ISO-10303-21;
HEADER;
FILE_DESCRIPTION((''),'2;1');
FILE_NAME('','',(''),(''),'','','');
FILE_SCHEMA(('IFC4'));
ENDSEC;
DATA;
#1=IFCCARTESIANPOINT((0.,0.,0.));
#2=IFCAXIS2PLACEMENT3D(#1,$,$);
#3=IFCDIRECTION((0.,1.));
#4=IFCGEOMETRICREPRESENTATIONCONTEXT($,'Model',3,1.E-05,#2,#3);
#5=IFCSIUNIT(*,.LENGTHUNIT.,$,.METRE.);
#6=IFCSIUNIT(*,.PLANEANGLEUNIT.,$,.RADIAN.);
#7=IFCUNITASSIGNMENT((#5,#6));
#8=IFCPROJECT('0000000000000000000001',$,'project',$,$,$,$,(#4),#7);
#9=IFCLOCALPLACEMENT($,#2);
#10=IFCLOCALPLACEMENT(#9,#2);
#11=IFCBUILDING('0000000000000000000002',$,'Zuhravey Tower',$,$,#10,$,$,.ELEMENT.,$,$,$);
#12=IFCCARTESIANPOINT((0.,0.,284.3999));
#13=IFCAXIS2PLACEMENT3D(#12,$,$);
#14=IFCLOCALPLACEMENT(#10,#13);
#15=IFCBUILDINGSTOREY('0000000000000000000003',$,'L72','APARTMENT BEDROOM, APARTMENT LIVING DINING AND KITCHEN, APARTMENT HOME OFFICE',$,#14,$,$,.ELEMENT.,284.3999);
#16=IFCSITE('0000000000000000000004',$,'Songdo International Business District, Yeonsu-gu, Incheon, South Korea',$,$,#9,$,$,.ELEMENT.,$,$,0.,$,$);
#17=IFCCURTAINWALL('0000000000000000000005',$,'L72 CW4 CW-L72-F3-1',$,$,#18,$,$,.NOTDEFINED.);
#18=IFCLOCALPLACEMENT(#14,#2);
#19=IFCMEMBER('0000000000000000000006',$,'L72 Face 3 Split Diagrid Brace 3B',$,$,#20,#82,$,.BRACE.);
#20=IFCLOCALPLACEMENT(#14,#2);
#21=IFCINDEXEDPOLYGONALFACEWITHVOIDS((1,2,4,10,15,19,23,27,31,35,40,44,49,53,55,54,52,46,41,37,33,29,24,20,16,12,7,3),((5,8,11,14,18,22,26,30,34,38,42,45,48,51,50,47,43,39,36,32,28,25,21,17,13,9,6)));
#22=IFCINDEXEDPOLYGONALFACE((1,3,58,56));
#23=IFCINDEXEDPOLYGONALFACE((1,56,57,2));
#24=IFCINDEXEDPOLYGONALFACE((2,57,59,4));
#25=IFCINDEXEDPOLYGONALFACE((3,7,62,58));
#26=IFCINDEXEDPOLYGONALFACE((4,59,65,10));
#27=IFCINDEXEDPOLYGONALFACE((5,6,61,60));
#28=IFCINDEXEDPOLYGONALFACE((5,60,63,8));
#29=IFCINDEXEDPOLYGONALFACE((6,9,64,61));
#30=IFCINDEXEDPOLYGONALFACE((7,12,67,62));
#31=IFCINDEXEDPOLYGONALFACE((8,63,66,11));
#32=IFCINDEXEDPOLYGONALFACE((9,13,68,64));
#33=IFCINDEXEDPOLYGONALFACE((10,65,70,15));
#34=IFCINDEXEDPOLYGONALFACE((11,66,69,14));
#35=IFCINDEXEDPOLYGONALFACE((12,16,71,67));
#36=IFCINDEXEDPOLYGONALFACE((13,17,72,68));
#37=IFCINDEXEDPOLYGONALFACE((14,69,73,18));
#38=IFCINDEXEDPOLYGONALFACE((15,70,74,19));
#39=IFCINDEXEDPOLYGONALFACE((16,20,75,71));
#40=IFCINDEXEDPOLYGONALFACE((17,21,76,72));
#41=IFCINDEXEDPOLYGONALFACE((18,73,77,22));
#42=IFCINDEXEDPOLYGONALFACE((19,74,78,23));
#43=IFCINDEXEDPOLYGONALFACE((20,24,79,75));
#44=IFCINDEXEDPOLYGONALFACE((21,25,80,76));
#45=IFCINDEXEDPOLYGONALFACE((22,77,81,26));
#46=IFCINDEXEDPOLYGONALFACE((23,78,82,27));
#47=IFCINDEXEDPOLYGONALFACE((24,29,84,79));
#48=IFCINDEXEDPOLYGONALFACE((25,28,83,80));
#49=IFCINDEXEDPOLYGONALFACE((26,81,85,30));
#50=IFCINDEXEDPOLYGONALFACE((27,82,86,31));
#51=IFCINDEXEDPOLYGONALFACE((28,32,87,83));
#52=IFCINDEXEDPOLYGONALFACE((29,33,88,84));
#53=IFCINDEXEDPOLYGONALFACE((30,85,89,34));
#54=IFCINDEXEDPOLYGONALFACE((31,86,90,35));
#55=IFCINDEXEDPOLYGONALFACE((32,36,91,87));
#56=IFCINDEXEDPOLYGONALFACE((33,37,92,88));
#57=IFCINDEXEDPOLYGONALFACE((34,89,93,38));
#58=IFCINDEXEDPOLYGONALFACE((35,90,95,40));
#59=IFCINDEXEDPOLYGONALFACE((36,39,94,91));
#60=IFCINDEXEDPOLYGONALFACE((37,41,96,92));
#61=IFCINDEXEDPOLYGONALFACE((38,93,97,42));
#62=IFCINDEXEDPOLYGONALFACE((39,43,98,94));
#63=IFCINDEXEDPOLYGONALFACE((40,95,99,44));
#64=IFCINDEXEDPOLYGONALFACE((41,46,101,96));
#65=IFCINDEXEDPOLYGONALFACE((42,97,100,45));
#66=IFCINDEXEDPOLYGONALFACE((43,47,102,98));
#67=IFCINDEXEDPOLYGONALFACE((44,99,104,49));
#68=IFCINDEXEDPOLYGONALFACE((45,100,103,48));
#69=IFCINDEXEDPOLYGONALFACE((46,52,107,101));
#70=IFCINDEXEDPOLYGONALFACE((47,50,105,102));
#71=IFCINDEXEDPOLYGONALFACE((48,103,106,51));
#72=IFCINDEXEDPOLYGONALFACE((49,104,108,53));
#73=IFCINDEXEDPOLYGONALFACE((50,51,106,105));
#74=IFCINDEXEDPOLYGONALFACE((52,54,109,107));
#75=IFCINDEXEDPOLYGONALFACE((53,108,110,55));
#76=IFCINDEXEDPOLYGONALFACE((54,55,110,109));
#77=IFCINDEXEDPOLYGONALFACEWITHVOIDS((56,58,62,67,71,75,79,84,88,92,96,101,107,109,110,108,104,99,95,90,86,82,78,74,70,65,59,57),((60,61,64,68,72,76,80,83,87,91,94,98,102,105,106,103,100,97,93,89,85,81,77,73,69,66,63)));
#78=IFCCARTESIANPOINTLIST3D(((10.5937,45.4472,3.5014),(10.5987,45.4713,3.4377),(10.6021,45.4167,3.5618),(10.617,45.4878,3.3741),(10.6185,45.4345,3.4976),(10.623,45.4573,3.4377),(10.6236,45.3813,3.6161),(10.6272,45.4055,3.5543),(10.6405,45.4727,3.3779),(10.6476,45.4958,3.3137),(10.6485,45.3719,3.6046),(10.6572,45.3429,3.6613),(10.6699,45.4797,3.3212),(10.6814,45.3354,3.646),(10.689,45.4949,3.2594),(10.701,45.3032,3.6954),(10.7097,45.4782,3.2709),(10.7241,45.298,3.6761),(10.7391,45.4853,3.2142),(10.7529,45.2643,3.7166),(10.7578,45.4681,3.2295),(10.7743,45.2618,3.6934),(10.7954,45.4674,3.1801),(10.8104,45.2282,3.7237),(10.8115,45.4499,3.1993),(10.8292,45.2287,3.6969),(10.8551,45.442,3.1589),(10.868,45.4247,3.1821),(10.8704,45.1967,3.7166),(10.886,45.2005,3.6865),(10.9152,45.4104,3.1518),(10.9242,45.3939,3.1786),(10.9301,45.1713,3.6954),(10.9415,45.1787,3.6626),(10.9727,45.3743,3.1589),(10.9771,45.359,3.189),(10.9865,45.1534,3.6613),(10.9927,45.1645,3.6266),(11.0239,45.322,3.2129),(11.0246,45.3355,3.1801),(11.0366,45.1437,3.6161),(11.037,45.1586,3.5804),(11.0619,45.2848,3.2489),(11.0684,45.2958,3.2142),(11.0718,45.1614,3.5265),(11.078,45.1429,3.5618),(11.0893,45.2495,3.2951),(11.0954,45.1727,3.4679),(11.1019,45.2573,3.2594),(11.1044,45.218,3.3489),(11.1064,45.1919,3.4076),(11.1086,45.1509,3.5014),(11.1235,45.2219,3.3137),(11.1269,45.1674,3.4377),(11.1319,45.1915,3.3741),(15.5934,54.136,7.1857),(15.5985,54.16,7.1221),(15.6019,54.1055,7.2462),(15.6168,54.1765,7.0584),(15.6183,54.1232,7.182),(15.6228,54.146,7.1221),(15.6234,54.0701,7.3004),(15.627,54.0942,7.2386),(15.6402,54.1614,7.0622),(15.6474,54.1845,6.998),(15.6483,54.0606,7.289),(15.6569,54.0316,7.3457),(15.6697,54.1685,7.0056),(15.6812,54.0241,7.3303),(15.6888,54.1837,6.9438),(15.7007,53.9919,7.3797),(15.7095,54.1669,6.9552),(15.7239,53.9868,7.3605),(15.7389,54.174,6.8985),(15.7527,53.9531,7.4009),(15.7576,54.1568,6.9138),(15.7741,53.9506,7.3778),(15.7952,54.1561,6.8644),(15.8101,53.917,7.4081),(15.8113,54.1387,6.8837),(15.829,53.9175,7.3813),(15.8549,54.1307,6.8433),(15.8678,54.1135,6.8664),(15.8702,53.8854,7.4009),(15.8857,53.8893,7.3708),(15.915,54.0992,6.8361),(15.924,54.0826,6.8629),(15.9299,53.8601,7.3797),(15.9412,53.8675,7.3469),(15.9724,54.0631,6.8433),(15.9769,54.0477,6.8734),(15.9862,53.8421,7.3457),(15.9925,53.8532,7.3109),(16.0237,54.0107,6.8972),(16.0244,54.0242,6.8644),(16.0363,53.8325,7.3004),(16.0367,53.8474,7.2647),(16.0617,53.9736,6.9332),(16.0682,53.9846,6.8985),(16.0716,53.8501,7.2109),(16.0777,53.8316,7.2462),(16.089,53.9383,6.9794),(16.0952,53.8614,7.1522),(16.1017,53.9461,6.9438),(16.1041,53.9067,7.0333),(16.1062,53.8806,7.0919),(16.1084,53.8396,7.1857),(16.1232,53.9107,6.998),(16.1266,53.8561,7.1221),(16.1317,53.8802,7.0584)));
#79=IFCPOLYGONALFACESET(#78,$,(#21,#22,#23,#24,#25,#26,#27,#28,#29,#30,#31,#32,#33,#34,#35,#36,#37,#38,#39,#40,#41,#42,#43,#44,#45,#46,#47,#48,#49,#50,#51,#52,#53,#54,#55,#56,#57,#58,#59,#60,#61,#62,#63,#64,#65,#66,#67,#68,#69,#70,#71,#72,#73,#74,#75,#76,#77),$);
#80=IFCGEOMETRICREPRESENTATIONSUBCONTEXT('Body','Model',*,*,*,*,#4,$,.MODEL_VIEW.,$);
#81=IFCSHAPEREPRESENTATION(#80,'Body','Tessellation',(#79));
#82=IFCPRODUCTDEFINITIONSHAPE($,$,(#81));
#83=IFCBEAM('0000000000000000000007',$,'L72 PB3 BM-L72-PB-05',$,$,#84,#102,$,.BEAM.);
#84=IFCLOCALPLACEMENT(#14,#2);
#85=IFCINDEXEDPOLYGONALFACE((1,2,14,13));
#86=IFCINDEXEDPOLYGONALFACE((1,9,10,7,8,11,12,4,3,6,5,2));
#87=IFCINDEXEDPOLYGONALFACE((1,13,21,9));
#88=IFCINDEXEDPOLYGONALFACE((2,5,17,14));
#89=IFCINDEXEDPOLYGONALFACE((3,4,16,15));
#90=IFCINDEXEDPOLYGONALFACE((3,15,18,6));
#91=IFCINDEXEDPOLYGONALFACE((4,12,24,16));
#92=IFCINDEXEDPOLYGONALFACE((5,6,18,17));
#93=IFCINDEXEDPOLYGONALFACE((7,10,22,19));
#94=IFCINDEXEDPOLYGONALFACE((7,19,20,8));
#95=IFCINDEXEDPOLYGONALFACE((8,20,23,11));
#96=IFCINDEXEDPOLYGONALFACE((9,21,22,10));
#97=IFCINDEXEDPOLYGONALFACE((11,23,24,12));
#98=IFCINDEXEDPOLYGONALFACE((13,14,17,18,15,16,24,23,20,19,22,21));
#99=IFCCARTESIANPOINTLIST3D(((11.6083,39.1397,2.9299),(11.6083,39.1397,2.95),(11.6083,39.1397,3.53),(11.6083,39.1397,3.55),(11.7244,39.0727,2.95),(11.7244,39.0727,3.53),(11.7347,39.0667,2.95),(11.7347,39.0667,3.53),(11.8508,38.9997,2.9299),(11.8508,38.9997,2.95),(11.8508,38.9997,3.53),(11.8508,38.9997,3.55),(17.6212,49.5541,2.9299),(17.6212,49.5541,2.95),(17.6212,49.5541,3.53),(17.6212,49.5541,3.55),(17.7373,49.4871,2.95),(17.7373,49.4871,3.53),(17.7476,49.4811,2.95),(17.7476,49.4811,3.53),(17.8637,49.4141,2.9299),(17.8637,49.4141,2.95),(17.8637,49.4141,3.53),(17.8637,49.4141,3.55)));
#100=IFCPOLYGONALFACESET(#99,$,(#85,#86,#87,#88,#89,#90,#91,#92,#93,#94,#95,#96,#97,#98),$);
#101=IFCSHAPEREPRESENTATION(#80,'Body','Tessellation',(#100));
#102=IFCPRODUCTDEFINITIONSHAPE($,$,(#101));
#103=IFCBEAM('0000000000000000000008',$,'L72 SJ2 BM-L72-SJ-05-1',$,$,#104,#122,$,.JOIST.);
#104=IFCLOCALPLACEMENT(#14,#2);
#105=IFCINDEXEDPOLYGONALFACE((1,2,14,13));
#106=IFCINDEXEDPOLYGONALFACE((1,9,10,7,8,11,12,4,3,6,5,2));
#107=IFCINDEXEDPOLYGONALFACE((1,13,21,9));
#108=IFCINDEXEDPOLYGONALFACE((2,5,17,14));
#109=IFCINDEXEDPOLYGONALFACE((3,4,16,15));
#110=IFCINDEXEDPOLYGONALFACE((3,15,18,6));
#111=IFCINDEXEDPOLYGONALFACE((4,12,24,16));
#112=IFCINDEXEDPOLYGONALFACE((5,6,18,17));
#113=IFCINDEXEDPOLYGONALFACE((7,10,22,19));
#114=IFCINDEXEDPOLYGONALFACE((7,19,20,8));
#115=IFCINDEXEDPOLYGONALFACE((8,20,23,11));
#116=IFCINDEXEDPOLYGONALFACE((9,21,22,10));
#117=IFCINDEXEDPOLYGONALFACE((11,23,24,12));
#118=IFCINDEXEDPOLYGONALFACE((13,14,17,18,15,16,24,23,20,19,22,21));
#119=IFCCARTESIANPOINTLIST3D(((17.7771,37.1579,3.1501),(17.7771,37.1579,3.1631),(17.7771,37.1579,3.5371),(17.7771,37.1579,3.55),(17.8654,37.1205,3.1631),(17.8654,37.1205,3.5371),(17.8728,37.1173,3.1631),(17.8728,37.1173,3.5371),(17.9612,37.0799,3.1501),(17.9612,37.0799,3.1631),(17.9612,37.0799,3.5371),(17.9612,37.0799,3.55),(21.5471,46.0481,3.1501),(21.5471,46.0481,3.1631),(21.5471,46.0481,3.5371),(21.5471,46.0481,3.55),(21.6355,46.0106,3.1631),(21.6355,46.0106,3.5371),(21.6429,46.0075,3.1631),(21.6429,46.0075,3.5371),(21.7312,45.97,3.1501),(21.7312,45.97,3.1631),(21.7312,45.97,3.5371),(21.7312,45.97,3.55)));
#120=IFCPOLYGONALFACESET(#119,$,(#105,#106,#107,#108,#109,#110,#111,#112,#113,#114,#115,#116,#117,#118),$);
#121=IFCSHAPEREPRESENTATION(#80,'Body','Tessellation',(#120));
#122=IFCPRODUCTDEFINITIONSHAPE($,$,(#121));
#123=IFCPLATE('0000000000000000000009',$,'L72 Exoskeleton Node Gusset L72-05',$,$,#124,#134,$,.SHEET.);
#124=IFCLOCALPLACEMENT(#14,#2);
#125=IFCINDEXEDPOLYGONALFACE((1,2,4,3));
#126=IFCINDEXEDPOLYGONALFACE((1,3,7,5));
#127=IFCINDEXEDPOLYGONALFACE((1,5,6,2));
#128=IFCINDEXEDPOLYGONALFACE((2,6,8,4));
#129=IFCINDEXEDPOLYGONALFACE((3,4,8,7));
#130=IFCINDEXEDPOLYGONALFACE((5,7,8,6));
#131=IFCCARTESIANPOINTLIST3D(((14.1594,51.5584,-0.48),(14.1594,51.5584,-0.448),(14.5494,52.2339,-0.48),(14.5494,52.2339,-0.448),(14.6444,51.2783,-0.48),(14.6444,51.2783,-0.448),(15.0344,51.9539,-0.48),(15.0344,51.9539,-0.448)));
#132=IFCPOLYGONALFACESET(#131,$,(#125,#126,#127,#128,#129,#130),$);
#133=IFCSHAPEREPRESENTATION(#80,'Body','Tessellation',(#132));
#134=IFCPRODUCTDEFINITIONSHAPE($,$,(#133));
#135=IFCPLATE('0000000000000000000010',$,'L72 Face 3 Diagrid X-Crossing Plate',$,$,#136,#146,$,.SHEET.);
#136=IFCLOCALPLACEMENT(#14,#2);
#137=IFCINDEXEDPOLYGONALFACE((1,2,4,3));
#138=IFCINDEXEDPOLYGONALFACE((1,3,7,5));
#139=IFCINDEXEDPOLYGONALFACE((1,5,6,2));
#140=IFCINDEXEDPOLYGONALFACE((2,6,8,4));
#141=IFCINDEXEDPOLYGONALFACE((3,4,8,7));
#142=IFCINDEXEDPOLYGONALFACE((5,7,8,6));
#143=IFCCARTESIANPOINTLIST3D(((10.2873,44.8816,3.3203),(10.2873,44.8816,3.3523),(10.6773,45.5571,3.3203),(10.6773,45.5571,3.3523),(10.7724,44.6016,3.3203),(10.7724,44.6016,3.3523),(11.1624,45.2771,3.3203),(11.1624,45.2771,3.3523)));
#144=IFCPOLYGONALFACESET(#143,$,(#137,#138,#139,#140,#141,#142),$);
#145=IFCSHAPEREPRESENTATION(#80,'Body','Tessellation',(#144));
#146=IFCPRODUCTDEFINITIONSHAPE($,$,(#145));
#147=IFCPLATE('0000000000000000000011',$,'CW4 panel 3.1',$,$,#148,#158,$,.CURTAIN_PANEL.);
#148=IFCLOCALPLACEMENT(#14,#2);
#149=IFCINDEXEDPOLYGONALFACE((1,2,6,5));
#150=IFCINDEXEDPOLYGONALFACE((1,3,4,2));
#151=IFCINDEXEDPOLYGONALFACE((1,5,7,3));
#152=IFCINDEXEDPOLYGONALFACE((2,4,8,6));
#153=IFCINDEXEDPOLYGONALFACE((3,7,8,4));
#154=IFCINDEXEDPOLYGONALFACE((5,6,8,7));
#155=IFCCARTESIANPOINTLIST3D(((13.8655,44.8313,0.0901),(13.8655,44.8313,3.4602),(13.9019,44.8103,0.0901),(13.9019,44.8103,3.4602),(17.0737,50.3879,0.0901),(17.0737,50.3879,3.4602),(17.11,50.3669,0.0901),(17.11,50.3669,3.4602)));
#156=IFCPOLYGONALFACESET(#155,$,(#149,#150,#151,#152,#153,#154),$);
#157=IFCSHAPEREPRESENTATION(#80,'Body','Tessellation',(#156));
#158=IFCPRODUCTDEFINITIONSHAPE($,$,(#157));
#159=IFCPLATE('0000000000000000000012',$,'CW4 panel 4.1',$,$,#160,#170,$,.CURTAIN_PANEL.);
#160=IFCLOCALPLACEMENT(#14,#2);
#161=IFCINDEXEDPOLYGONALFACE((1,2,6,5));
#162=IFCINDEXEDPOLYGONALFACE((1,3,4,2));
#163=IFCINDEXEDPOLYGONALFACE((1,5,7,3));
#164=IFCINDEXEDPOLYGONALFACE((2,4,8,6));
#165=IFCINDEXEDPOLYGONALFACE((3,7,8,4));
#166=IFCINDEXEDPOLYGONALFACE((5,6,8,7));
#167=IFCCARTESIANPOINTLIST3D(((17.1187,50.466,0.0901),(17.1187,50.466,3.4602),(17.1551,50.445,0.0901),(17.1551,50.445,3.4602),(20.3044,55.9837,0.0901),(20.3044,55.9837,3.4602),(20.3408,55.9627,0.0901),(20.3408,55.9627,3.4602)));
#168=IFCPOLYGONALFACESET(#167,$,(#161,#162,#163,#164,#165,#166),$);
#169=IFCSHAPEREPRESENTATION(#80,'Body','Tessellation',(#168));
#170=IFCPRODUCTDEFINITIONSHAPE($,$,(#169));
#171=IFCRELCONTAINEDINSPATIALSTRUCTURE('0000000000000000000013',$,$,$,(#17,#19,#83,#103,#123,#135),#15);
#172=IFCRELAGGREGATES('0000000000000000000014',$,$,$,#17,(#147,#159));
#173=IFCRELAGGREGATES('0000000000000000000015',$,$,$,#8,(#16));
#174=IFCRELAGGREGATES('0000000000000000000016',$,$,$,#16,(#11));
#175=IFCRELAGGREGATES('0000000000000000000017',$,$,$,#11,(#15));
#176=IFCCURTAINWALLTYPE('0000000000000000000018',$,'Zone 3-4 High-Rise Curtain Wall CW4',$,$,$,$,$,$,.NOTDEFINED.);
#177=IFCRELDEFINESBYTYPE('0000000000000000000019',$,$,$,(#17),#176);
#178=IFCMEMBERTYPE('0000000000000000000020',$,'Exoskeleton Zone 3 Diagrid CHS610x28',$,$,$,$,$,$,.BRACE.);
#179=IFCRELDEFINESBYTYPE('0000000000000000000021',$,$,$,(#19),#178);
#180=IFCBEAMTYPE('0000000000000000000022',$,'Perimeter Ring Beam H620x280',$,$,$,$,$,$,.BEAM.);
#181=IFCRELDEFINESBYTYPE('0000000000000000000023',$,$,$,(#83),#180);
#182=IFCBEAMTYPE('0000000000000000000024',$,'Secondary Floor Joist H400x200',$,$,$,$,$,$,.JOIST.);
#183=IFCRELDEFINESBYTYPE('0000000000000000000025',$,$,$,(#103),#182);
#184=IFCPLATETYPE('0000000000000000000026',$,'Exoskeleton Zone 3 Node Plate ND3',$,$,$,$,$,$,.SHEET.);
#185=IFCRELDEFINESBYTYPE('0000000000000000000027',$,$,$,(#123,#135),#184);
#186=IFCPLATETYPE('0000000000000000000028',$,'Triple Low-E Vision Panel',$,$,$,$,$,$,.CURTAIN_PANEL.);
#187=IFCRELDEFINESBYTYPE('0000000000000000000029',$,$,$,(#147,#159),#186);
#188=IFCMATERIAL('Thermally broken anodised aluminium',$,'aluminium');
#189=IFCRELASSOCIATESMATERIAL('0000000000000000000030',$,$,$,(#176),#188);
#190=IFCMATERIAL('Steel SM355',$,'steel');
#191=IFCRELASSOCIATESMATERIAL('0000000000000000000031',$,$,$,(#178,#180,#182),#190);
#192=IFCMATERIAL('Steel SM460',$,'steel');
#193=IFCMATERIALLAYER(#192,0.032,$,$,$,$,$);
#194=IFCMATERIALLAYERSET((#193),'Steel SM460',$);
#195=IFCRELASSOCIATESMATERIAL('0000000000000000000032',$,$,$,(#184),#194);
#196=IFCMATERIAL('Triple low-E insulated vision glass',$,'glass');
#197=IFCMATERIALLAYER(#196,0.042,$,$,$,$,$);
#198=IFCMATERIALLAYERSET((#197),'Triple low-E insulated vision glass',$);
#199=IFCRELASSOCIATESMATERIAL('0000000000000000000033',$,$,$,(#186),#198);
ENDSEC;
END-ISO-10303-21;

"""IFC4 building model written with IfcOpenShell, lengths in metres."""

from ifc_helpers import new_model, si_unit, direction, frame, origin, origin_2d, place, context, subcontext, project, spatial, rectangle, hollow_circle, i_section, extrude, material, layer, layer_set, material_profile, profile_set, type_object, element, aggregate, save


model = new_model("IFC4")

# Units and contexts
model_context = context("Model", 3, precision=1e-05, world=origin(), true_north=direction((0.0, 1.0)))
body_context = subcontext(model_context, "Body", "Model", "MODEL_VIEW")
ifc_project = project(units=[si_unit("LENGTHUNIT", "METRE"), si_unit("PLANEANGLEUNIT", "RADIAN")], contexts=[model_context])

# Site, building, storey
site_placement = place(None, origin())
site = spatial("IfcSite", under=ifc_project, at=site_placement, Name="Songdo International Business District, Yeonsu-gu, Incheon, South Korea", CompositionType="ELEMENT", RefElevation=0.0)
building_placement = place(site_placement, origin())
building = spatial("IfcBuilding", under=site, at=building_placement, Name="Zuhravey Tower", CompositionType="ELEMENT")
storey_placement = place(building_placement, frame((0.0, 0.0, 284.3999)))
storey = spatial("IfcBuildingStorey", under=building, at=storey_placement, Name="L72", Description="APARTMENT BEDROOM, APARTMENT LIVING DINING AND KITCHEN, APARTMENT HOME OFFICE", CompositionType="ELEMENT", Elevation=284.3999)

# Curtain wall
ifc_material_1 = material(Name="Thermally broken anodised aluminium", Category="aluminium")
curtain_wall_type = type_object("IfcCurtainWallType", Name="Zone 3-4 High-Rise Curtain Wall CW4", PredefinedType="NOTDEFINED", material=ifc_material_1)
curtain_wall_placement = place(storey_placement, origin())
curtain_wall = element("IfcCurtainWall", 1, at=curtain_wall_placement, inside=storey, type_object=curtain_wall_type, Name="L72 CW4 CW-L72-F3-1", PredefinedType="NOTDEFINED")

# Member
ifc_material_2 = material(Name="Steel SM355", Category="steel")
ifc_material_profile_1 = material_profile(ifc_material_2, hollow_circle(Radius=0.3047, WallThickness=0.0281, at=origin_2d()), Name="CHS-609.6x28")
ifc_profile_set_1 = profile_set([ifc_material_profile_1], Name="Steel SM355")
member_type_1 = type_object("IfcMemberType", Name="Exoskeleton Zone 3 Diagrid CHS610x28", PredefinedType="BRACE", material=ifc_profile_set_1)
member_1_placement = place(storey_placement, frame((10.8628, 45.3193, 3.4377), z_axis=(0.468135, 0.813539, 0.344969), x_axis=(-0.866745, 0.498752, 0.0)))
element("IfcMember", 2, at=member_1_placement, inside=storey, type_object=member_type_1, Name="L72 Face 3 Split Diagrid Brace 3B", PredefinedType="BRACE", context=body_context, shape_type="SweptSolid", body=[
    extrude(hollow_circle(Radius=0.3047, WallThickness=0.0281, at=origin_2d()), origin(), (0.0, 0.0, 1.0), 10.6802),
])

# Beams
ifc_material_profile_2 = material_profile(ifc_material_2, i_section(OverallWidth=0.28, OverallDepth=0.6201, WebThickness=0.012, FlangeThickness=0.02, at=origin_2d()), Name="H-620x280x12x20")
ifc_profile_set_2 = profile_set([ifc_material_profile_2], Name="Steel SM355")
beam_type_1 = type_object("IfcBeamType", Name="Perimeter Ring Beam H620x280", PredefinedType="BEAM", material=ifc_profile_set_2)
beam_1_placement = place(storey_placement, frame((17.7424, 49.4841, 3.24), z_axis=(-0.500006, -0.866022, 0.0), x_axis=(0.866022, -0.500006, 0.0)))
element("IfcBeam", 3, at=beam_1_placement, inside=storey, type_object=beam_type_1, Name="L72 PB3 BM-L72-PB-05", PredefinedType="BEAM", context=body_context, shape_type="SweptSolid", body=[
    extrude(i_section(OverallWidth=0.28, OverallDepth=0.6201, WebThickness=0.012, FlangeThickness=0.02, at=origin_2d()), origin(), (0.0, 0.0, 1.0), 12.0256),
])
ifc_material_profile_3 = material_profile(ifc_material_2, i_section(OverallWidth=0.2, OverallDepth=0.3999, WebThickness=0.0081, FlangeThickness=0.0129, at=origin_2d()), Name="H-400x200x8x13")
ifc_profile_set_3 = profile_set([ifc_material_profile_3], Name="Steel SM355")
beam_type_2 = type_object("IfcBeamType", Name="Secondary Floor Joist H400x200", PredefinedType="JOIST", material=ifc_profile_set_3)
beam_2_placement = place(storey_placement, frame((21.6392, 46.009, 3.3501), z_axis=(-0.390413, -0.92064, 0.0), x_axis=(0.92064, -0.390413, 0.0)))
element("IfcBeam", 4, at=beam_2_placement, inside=storey, type_object=beam_type_2, Name="L72 SJ2 BM-L72-SJ-05-1", PredefinedType="JOIST", context=body_context, shape_type="SweptSolid", body=[
    extrude(i_section(OverallWidth=0.2, OverallDepth=0.3999, WebThickness=0.0081, FlangeThickness=0.0129, at=origin_2d()), origin(), (0.0, 0.0, 1.0), 9.6565),
])

# Plates
ifc_material_3 = material(Name="Steel SM460", Category="steel")
ifc_layer_1 = layer(ifc_material_3, 0.032)
ifc_layer_set_1 = layer_set([ifc_layer_1], Name="Steel SM460")
plate_type_1 = type_object("IfcPlateType", Name="Exoskeleton Zone 3 Node Plate ND3", PredefinedType="SHEET", material=ifc_layer_set_1)
for number, where, z_axis, x_axis, name in (
    (5, (14.5969, 51.7561, -0.48), (0.0, 0.0, 1.0), (-0.5, -0.866025, 0.0), "L72 Exoskeleton Node Gusset L72-05"),
    (6, (10.7249, 45.0793, 3.3203), (0.0, 0.0, 1.0), (-0.5, -0.866025, 0.0), "L72 Face 3 Diagrid X-Crossing Plate"),
):
    element("IfcPlate", number, at=place(storey_placement, frame(where, z_axis=z_axis, x_axis=x_axis)), inside=storey, type_object=plate_type_1, Name=name, PredefinedType="SHEET", context=body_context, shape_type="SweptSolid", body=[
        extrude(rectangle(XDim=0.78, YDim=0.5601, at=origin_2d()), origin(), (0.0, 0.0, 1.0), 0.032),
    ])

# Plates
ifc_material_4 = material(Name="Triple low-E insulated vision glass", Category="glass")
ifc_layer_2 = layer(ifc_material_4, 0.042)
ifc_layer_set_2 = layer_set([ifc_layer_2], Name="Triple low-E insulated vision glass")
plate_type_2 = type_object("IfcPlateType", Name="Triple Low-E Vision Panel", PredefinedType="CURTAIN_PANEL", material=ifc_layer_set_2)
plate_1_placement = place(storey_placement, frame((15.4878, 47.5991, 0.0901), z_axis=(0.0, 0.0, 1.0), x_axis=(0.500001, 0.866025, 0.0)))
plate_1 = element("IfcPlate", 7, at=plate_1_placement, type_object=plate_type_2, Name="CW4 panel 3.1", PredefinedType="CURTAIN_PANEL", context=body_context, shape_type="SweptSolid", body=[
    extrude(rectangle(XDim=6.4163, YDim=0.042, at=origin_2d()), origin(), (0.0, 0.0, 1.0), 3.3701),
])
plate_2_placement = place(storey_placement, frame((18.7297, 53.2144, 0.0901), z_axis=(0.0, 0.0, 1.0), x_axis=(0.500001, 0.866025, 0.0)))
plate_2 = element("IfcPlate", 8, at=plate_2_placement, type_object=plate_type_2, Name="CW4 panel 4.1", PredefinedType="CURTAIN_PANEL", context=body_context, shape_type="SweptSolid", body=[
    extrude(rectangle(XDim=6.3713, YDim=0.042, at=origin_2d()), origin(), (0.0, 0.0, 1.0), 3.3701),
])
aggregate(curtain_wall, [plate_1, plate_2])

save(model, "model.ifc")
